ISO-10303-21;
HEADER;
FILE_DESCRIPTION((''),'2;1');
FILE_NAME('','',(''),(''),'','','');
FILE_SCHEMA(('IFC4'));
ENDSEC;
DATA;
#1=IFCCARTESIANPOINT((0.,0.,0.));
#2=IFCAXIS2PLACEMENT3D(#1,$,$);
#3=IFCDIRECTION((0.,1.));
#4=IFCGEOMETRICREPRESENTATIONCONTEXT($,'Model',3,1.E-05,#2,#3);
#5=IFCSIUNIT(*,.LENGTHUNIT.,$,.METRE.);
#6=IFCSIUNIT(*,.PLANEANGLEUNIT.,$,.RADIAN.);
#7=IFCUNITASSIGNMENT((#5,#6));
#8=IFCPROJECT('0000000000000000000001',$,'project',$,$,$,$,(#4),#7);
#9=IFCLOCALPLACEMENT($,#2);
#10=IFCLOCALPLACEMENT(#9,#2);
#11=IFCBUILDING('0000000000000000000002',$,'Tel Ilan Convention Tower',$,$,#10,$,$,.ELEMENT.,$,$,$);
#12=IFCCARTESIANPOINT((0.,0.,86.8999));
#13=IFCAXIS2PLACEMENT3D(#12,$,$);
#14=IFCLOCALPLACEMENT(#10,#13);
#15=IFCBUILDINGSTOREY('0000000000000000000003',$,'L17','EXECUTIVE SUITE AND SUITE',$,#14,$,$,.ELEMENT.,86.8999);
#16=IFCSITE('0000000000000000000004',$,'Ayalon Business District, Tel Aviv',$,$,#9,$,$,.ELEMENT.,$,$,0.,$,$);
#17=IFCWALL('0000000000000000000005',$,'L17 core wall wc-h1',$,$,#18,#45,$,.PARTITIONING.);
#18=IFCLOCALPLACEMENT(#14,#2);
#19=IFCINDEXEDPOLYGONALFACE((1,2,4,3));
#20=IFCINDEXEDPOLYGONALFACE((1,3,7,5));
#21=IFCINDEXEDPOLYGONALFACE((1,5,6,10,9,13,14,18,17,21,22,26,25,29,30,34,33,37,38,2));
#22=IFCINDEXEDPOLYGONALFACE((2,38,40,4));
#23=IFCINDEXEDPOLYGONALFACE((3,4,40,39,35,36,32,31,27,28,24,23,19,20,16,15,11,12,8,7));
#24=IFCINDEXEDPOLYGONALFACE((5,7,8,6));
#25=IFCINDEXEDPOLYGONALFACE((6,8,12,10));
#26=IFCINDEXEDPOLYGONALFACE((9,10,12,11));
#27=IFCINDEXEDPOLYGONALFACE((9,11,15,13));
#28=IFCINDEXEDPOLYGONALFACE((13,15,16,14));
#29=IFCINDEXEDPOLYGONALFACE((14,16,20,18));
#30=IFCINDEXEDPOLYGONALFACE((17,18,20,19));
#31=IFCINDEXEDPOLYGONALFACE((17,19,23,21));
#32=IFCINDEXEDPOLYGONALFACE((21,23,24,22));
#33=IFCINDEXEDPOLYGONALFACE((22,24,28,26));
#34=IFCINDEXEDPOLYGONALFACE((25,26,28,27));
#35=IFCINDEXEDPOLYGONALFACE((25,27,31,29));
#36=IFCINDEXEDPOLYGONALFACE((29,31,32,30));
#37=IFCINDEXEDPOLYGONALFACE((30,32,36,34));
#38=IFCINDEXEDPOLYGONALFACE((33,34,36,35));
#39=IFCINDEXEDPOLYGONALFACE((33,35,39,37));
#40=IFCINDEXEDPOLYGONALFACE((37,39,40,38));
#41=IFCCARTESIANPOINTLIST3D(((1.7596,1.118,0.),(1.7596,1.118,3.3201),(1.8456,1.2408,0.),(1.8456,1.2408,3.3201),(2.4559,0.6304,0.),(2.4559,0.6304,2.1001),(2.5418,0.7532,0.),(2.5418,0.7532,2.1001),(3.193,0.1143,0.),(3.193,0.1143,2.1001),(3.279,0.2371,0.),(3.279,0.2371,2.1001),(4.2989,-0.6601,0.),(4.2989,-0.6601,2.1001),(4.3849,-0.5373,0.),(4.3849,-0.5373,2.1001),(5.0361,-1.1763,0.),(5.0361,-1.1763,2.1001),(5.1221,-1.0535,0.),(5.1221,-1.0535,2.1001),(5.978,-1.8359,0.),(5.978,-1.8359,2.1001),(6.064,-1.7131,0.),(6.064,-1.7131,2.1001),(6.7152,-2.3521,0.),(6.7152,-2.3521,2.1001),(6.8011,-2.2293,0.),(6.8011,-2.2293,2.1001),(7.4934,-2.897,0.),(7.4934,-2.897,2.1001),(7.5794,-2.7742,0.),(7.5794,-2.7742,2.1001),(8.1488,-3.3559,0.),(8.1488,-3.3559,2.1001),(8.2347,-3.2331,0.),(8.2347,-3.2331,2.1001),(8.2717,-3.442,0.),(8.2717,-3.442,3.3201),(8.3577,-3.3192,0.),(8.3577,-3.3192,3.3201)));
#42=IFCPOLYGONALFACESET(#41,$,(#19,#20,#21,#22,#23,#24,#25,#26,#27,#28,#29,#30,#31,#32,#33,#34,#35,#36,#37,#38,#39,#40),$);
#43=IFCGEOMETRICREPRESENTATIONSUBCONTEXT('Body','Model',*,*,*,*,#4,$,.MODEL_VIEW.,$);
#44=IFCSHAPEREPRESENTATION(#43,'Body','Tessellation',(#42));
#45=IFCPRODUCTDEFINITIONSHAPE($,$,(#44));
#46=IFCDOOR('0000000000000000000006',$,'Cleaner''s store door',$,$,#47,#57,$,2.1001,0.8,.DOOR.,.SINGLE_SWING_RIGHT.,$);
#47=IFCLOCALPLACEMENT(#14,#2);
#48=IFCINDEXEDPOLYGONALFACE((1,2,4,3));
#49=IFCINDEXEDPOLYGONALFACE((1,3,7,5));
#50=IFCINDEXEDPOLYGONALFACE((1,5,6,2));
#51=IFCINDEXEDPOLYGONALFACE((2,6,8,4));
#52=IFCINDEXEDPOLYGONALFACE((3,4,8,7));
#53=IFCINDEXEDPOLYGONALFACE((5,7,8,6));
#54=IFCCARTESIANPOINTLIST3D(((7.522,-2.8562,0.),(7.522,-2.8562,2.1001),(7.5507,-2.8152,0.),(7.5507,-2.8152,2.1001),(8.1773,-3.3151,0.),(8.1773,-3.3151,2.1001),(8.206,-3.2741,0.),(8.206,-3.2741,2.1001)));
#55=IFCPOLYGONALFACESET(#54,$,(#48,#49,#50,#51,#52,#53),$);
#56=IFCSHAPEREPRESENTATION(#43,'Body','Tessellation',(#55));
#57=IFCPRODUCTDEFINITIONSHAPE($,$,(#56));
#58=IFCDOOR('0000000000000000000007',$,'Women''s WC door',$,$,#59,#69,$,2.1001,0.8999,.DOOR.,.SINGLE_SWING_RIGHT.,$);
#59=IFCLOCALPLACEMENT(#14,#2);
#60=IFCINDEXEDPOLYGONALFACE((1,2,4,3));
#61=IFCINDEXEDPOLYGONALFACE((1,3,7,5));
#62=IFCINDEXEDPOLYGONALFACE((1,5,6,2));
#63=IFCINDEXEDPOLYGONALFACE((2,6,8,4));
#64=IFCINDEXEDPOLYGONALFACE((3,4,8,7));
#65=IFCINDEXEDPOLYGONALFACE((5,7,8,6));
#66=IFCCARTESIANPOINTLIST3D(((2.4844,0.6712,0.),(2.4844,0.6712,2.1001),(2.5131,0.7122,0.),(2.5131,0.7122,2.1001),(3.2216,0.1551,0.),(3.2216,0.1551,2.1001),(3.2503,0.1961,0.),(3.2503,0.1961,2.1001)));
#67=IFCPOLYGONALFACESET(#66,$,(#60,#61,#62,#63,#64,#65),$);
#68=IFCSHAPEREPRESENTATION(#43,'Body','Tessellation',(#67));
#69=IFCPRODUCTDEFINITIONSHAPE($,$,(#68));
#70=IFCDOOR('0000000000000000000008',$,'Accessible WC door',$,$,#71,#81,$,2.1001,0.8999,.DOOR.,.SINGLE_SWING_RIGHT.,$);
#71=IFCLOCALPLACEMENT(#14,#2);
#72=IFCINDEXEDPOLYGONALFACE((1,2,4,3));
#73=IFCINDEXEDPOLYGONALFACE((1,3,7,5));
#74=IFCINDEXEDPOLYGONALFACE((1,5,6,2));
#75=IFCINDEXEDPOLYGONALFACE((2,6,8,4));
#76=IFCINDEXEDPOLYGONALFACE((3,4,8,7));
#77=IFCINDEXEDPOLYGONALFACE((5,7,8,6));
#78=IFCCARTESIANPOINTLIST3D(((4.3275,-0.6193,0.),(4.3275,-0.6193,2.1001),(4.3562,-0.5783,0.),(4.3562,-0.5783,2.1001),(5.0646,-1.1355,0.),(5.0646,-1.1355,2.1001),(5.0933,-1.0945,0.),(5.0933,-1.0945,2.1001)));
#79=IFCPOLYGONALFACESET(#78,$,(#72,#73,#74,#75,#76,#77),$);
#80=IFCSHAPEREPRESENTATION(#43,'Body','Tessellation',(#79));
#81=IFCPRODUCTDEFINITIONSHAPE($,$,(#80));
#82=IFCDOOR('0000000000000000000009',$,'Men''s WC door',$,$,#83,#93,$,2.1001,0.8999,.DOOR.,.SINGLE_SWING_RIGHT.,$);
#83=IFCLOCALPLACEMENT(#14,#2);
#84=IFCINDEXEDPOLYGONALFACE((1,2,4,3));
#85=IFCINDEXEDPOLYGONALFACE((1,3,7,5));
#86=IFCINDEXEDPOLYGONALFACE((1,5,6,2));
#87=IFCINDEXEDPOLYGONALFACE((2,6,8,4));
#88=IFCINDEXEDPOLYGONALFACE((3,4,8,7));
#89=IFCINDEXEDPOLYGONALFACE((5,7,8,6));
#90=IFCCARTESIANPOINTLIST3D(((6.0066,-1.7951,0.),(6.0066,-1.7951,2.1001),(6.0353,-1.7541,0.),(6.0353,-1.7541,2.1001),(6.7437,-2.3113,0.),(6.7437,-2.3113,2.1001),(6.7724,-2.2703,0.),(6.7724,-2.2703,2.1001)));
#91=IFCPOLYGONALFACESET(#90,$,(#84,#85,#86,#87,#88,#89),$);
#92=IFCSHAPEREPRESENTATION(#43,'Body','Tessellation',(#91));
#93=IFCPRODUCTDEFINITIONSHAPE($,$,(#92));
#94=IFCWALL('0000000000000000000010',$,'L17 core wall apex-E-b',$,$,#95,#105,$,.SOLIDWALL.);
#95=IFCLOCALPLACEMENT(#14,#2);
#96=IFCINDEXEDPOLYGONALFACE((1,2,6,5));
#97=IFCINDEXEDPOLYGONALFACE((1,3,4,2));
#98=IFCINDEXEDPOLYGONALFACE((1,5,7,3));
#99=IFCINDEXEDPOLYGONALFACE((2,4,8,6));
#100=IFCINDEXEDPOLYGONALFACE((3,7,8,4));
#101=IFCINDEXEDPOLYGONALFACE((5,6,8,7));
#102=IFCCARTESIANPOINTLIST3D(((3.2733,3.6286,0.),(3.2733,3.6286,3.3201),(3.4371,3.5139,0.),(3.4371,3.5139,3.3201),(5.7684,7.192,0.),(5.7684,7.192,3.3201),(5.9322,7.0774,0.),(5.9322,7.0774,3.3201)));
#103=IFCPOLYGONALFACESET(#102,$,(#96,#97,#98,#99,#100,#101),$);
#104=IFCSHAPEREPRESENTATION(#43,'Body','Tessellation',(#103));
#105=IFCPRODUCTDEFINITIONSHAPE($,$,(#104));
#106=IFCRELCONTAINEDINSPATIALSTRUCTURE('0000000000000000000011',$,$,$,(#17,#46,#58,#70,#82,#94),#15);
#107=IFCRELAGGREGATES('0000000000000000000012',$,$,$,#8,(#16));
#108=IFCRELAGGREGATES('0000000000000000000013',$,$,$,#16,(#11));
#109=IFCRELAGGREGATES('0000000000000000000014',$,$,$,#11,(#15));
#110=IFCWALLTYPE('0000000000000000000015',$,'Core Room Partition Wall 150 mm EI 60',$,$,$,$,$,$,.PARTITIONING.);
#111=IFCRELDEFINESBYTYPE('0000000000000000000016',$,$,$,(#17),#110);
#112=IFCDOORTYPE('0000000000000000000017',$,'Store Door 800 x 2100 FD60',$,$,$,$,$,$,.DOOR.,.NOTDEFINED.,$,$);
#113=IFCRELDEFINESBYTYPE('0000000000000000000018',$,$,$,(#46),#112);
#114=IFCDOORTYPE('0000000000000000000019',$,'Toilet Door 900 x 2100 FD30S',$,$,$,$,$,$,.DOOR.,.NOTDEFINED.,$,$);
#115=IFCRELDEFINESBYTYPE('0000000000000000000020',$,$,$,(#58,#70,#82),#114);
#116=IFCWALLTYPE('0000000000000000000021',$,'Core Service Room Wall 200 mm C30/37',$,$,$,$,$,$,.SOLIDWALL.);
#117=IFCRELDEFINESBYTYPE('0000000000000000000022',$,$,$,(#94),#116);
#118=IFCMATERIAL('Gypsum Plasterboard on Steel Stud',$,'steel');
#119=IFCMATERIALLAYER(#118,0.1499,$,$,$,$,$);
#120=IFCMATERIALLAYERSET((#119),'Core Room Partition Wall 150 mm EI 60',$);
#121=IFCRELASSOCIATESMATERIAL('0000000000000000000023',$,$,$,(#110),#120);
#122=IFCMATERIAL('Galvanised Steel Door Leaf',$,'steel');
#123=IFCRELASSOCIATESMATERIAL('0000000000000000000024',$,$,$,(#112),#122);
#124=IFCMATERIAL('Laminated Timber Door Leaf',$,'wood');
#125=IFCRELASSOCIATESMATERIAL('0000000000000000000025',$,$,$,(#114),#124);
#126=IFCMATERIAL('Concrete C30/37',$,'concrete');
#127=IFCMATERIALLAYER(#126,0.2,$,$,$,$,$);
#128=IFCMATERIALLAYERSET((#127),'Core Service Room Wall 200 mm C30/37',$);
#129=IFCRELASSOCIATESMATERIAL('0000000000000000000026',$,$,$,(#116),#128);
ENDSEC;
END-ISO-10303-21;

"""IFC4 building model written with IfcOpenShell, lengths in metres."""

from ifc_helpers import new_model, si_unit, direction, frame, frame_2d, origin, place, context, subcontext, project, spatial, rectangle, extrude, material, layer, layer_set, type_object, element, fill, save


model = new_model("IFC4")

# Units and contexts
model_context = context("Model", 3, precision=1e-05, world=origin(), true_north=direction((0.0, 1.0)))
body_context = subcontext(model_context, "Body", "Model", "MODEL_VIEW")
ifc_project = project(units=[si_unit("LENGTHUNIT", "METRE"), si_unit("PLANEANGLEUNIT", "RADIAN")], contexts=[model_context])

# Site, building, storey
site_placement = place(None, origin())
site = spatial("IfcSite", under=ifc_project, at=site_placement, Name="Ayalon Business District, Tel Aviv", CompositionType="ELEMENT", RefElevation=0.0)
building_placement = place(site_placement, origin())
building = spatial("IfcBuilding", under=site, at=building_placement, Name="Tel Ilan Convention Tower", CompositionType="ELEMENT")
storey_placement = place(building_placement, frame((0.0, 0.0, 86.8999)))
storey = spatial("IfcBuildingStorey", under=building, at=storey_placement, Name="L17", Description="EXECUTIVE SUITE AND SUITE", CompositionType="ELEMENT", Elevation=86.8999)

# Wall, openings, doors
ifc_material_1 = material(Name="Gypsum Plasterboard on Steel Stud", Category="steel")
ifc_layer_1 = layer(ifc_material_1, 0.1499)
ifc_layer_set_1 = layer_set([ifc_layer_1], Name="Core Room Partition Wall 150 mm EI 60")
wall_type_1 = type_object("IfcWallType", Name="Core Room Partition Wall 150 mm EI 60", PredefinedType="PARTITIONING", material=ifc_layer_set_1)
wall_1_placement = place(storey_placement, frame((1.8025, 1.1794, 0.0), z_axis=(0.0, 0.0, 1.0), x_axis=(0.819142, -0.57359, 0.0)))
wall_1 = element("IfcWall", 1, at=wall_1_placement, inside=storey, type_object=wall_type_1, Name="L17 core wall wc-h1", PredefinedType="PARTITIONING", context=body_context, shape_type="SweptSolid", body=[
    extrude(rectangle(XDim=7.95, YDim=0.1499, at=frame_2d((3.9751, 0.0))), origin(), (0.0, 0.0, 1.0), 3.3201),
])
opening_1_placement = place(wall_1_placement, frame((0.8501, 0.0, 0.0)))
opening_1 = element("IfcOpeningElement", 2, at=opening_1_placement, cuts=wall_1, PredefinedType="OPENING", context=body_context, shape_type="SweptSolid", body=[
    extrude(rectangle(XDim=0.8999, YDim=2.1001, at=frame_2d((0.45, 1.05))), frame((0.0, 0.085, 0.0), z_axis=(0.0, -1.0, 0.0), x_axis=(1.0, 0.0, 0.0)), (0.0, 0.0, 1.0), 0.1699),
])
opening_2_placement = place(wall_1_placement, frame((3.1001, 0.0, 0.0)))
opening_2 = element("IfcOpeningElement", 3, at=opening_2_placement, cuts=wall_1, PredefinedType="OPENING", context=body_context, shape_type="SweptSolid", body=[
    extrude(rectangle(XDim=0.8999, YDim=2.1001, at=frame_2d((0.45, 1.05))), frame((0.0, 0.085, 0.0), z_axis=(0.0, -1.0, 0.0), x_axis=(1.0, 0.0, 0.0)), (0.0, 0.0, 1.0), 0.1699),
])
opening_3_placement = place(wall_1_placement, frame((5.1499, 0.0, 0.0)))
opening_3 = element("IfcOpeningElement", 4, at=opening_3_placement, cuts=wall_1, PredefinedType="OPENING", context=body_context, shape_type="SweptSolid", body=[
    extrude(rectangle(XDim=0.8999, YDim=2.1001, at=frame_2d((0.45, 1.05))), frame((0.0, 0.085, 0.0), z_axis=(0.0, -1.0, 0.0), x_axis=(1.0, 0.0, 0.0)), (0.0, 0.0, 1.0), 0.1699),
])
opening_4_placement = place(wall_1_placement, frame((7.0, 0.0, 0.0)))
opening_4 = element("IfcOpeningElement", 5, at=opening_4_placement, cuts=wall_1, PredefinedType="OPENING", context=body_context, shape_type="SweptSolid", body=[
    extrude(rectangle(XDim=0.8, YDim=2.1001, at=frame_2d((0.3999, 1.05))), frame((0.0, 0.085, 0.0), z_axis=(0.0, -1.0, 0.0), x_axis=(1.0, 0.0, 0.0)), (0.0, 0.0, 1.0), 0.1699),
])
ifc_material_2 = material(Name="Galvanised Steel Door Leaf", Category="steel")
door_type_1 = type_object("IfcDoorType", Name="Store Door 800 x 2100 FD60", OperationType="NOTDEFINED", PredefinedType="DOOR", material=ifc_material_2)
door_1_placement = place(opening_4_placement, origin())
door_1 = element("IfcDoor", 6, at=door_1_placement, inside=storey, type_object=door_type_1, Name="Cleaner's store door", OperationType="SINGLE_SWING_RIGHT", OverallHeight=2.1001, OverallWidth=0.8, PredefinedType="DOOR", context=body_context, shape_type="SweptSolid", body=[
    extrude(rectangle(XDim=0.8, YDim=2.1001, at=frame_2d((0.3999, 1.05))), frame((0.0, 0.0249, 0.0), z_axis=(0.0, -1.0, 0.0), x_axis=(1.0, 0.0, 0.0)), (0.0, 0.0, 1.0), 0.05),
])
fill(opening_4, door_1)
ifc_material_3 = material(Name="Laminated Timber Door Leaf", Category="wood")
door_type_2 = type_object("IfcDoorType", Name="Toilet Door 900 x 2100 FD30S", OperationType="NOTDEFINED", PredefinedType="DOOR", material=ifc_material_3)
door_2_placement = place(opening_1_placement, origin())
door_2 = element("IfcDoor", 7, at=door_2_placement, inside=storey, type_object=door_type_2, Name="Women's WC door", OperationType="SINGLE_SWING_RIGHT", OverallHeight=2.1001, OverallWidth=0.8999, PredefinedType="DOOR", context=body_context, shape_type="SweptSolid", body=[
    extrude(rectangle(XDim=0.8999, YDim=2.1001, at=frame_2d((0.45, 1.05))), frame((0.0, 0.0249, 0.0), z_axis=(0.0, -1.0, 0.0), x_axis=(1.0, 0.0, 0.0)), (0.0, 0.0, 1.0), 0.05),
])
fill(opening_1, door_2)
door_3_placement = place(opening_2_placement, origin())
door_3 = element("IfcDoor", 8, at=door_3_placement, inside=storey, type_object=door_type_2, Name="Accessible WC door", OperationType="SINGLE_SWING_RIGHT", OverallHeight=2.1001, OverallWidth=0.8999, PredefinedType="DOOR", context=body_context, shape_type="SweptSolid", body=[
    extrude(rectangle(XDim=0.8999, YDim=2.1001, at=frame_2d((0.45, 1.05))), frame((0.0, 0.0249, 0.0), z_axis=(0.0, -1.0, 0.0), x_axis=(1.0, 0.0, 0.0)), (0.0, 0.0, 1.0), 0.05),
])
fill(opening_2, door_3)
door_4_placement = place(opening_3_placement, origin())
door_4 = element("IfcDoor", 9, at=door_4_placement, inside=storey, type_object=door_type_2, Name="Men's WC door", OperationType="SINGLE_SWING_RIGHT", OverallHeight=2.1001, OverallWidth=0.8999, PredefinedType="DOOR", context=body_context, shape_type="SweptSolid", body=[
    extrude(rectangle(XDim=0.8999, YDim=2.1001, at=frame_2d((0.45, 1.05))), frame((0.0, 0.0249, 0.0), z_axis=(0.0, -1.0, 0.0), x_axis=(1.0, 0.0, 0.0)), (0.0, 0.0, 1.0), 0.05),
])
fill(opening_3, door_4)

# Wall
ifc_material_4 = material(Name="Concrete C30/37", Category="concrete")
ifc_layer_2 = layer(ifc_material_4, 0.2)
ifc_layer_set_2 = layer_set([ifc_layer_2], Name="Core Service Room Wall 200 mm C30/37")
wall_type_2 = type_object("IfcWallType", Name="Core Service Room Wall 200 mm C30/37", PredefinedType="SOLIDWALL", material=ifc_layer_set_2)
wall_2_placement = place(storey_placement, frame((3.3552, 3.5713, 0.0), z_axis=(0.0, 0.0, 1.0), x_axis=(0.573568, 0.819158, 0.0)))
element("IfcWall", 10, at=wall_2_placement, inside=storey, type_object=wall_type_2, Name="L17 core wall apex-E-b", PredefinedType="SOLIDWALL", context=body_context, shape_type="SweptSolid", body=[
    extrude(rectangle(XDim=4.3501, YDim=0.2, at=frame_2d((2.175, 0.0))), origin(), (0.0, 0.0, 1.0), 3.3201),
])

save(model, "model.ifc")
